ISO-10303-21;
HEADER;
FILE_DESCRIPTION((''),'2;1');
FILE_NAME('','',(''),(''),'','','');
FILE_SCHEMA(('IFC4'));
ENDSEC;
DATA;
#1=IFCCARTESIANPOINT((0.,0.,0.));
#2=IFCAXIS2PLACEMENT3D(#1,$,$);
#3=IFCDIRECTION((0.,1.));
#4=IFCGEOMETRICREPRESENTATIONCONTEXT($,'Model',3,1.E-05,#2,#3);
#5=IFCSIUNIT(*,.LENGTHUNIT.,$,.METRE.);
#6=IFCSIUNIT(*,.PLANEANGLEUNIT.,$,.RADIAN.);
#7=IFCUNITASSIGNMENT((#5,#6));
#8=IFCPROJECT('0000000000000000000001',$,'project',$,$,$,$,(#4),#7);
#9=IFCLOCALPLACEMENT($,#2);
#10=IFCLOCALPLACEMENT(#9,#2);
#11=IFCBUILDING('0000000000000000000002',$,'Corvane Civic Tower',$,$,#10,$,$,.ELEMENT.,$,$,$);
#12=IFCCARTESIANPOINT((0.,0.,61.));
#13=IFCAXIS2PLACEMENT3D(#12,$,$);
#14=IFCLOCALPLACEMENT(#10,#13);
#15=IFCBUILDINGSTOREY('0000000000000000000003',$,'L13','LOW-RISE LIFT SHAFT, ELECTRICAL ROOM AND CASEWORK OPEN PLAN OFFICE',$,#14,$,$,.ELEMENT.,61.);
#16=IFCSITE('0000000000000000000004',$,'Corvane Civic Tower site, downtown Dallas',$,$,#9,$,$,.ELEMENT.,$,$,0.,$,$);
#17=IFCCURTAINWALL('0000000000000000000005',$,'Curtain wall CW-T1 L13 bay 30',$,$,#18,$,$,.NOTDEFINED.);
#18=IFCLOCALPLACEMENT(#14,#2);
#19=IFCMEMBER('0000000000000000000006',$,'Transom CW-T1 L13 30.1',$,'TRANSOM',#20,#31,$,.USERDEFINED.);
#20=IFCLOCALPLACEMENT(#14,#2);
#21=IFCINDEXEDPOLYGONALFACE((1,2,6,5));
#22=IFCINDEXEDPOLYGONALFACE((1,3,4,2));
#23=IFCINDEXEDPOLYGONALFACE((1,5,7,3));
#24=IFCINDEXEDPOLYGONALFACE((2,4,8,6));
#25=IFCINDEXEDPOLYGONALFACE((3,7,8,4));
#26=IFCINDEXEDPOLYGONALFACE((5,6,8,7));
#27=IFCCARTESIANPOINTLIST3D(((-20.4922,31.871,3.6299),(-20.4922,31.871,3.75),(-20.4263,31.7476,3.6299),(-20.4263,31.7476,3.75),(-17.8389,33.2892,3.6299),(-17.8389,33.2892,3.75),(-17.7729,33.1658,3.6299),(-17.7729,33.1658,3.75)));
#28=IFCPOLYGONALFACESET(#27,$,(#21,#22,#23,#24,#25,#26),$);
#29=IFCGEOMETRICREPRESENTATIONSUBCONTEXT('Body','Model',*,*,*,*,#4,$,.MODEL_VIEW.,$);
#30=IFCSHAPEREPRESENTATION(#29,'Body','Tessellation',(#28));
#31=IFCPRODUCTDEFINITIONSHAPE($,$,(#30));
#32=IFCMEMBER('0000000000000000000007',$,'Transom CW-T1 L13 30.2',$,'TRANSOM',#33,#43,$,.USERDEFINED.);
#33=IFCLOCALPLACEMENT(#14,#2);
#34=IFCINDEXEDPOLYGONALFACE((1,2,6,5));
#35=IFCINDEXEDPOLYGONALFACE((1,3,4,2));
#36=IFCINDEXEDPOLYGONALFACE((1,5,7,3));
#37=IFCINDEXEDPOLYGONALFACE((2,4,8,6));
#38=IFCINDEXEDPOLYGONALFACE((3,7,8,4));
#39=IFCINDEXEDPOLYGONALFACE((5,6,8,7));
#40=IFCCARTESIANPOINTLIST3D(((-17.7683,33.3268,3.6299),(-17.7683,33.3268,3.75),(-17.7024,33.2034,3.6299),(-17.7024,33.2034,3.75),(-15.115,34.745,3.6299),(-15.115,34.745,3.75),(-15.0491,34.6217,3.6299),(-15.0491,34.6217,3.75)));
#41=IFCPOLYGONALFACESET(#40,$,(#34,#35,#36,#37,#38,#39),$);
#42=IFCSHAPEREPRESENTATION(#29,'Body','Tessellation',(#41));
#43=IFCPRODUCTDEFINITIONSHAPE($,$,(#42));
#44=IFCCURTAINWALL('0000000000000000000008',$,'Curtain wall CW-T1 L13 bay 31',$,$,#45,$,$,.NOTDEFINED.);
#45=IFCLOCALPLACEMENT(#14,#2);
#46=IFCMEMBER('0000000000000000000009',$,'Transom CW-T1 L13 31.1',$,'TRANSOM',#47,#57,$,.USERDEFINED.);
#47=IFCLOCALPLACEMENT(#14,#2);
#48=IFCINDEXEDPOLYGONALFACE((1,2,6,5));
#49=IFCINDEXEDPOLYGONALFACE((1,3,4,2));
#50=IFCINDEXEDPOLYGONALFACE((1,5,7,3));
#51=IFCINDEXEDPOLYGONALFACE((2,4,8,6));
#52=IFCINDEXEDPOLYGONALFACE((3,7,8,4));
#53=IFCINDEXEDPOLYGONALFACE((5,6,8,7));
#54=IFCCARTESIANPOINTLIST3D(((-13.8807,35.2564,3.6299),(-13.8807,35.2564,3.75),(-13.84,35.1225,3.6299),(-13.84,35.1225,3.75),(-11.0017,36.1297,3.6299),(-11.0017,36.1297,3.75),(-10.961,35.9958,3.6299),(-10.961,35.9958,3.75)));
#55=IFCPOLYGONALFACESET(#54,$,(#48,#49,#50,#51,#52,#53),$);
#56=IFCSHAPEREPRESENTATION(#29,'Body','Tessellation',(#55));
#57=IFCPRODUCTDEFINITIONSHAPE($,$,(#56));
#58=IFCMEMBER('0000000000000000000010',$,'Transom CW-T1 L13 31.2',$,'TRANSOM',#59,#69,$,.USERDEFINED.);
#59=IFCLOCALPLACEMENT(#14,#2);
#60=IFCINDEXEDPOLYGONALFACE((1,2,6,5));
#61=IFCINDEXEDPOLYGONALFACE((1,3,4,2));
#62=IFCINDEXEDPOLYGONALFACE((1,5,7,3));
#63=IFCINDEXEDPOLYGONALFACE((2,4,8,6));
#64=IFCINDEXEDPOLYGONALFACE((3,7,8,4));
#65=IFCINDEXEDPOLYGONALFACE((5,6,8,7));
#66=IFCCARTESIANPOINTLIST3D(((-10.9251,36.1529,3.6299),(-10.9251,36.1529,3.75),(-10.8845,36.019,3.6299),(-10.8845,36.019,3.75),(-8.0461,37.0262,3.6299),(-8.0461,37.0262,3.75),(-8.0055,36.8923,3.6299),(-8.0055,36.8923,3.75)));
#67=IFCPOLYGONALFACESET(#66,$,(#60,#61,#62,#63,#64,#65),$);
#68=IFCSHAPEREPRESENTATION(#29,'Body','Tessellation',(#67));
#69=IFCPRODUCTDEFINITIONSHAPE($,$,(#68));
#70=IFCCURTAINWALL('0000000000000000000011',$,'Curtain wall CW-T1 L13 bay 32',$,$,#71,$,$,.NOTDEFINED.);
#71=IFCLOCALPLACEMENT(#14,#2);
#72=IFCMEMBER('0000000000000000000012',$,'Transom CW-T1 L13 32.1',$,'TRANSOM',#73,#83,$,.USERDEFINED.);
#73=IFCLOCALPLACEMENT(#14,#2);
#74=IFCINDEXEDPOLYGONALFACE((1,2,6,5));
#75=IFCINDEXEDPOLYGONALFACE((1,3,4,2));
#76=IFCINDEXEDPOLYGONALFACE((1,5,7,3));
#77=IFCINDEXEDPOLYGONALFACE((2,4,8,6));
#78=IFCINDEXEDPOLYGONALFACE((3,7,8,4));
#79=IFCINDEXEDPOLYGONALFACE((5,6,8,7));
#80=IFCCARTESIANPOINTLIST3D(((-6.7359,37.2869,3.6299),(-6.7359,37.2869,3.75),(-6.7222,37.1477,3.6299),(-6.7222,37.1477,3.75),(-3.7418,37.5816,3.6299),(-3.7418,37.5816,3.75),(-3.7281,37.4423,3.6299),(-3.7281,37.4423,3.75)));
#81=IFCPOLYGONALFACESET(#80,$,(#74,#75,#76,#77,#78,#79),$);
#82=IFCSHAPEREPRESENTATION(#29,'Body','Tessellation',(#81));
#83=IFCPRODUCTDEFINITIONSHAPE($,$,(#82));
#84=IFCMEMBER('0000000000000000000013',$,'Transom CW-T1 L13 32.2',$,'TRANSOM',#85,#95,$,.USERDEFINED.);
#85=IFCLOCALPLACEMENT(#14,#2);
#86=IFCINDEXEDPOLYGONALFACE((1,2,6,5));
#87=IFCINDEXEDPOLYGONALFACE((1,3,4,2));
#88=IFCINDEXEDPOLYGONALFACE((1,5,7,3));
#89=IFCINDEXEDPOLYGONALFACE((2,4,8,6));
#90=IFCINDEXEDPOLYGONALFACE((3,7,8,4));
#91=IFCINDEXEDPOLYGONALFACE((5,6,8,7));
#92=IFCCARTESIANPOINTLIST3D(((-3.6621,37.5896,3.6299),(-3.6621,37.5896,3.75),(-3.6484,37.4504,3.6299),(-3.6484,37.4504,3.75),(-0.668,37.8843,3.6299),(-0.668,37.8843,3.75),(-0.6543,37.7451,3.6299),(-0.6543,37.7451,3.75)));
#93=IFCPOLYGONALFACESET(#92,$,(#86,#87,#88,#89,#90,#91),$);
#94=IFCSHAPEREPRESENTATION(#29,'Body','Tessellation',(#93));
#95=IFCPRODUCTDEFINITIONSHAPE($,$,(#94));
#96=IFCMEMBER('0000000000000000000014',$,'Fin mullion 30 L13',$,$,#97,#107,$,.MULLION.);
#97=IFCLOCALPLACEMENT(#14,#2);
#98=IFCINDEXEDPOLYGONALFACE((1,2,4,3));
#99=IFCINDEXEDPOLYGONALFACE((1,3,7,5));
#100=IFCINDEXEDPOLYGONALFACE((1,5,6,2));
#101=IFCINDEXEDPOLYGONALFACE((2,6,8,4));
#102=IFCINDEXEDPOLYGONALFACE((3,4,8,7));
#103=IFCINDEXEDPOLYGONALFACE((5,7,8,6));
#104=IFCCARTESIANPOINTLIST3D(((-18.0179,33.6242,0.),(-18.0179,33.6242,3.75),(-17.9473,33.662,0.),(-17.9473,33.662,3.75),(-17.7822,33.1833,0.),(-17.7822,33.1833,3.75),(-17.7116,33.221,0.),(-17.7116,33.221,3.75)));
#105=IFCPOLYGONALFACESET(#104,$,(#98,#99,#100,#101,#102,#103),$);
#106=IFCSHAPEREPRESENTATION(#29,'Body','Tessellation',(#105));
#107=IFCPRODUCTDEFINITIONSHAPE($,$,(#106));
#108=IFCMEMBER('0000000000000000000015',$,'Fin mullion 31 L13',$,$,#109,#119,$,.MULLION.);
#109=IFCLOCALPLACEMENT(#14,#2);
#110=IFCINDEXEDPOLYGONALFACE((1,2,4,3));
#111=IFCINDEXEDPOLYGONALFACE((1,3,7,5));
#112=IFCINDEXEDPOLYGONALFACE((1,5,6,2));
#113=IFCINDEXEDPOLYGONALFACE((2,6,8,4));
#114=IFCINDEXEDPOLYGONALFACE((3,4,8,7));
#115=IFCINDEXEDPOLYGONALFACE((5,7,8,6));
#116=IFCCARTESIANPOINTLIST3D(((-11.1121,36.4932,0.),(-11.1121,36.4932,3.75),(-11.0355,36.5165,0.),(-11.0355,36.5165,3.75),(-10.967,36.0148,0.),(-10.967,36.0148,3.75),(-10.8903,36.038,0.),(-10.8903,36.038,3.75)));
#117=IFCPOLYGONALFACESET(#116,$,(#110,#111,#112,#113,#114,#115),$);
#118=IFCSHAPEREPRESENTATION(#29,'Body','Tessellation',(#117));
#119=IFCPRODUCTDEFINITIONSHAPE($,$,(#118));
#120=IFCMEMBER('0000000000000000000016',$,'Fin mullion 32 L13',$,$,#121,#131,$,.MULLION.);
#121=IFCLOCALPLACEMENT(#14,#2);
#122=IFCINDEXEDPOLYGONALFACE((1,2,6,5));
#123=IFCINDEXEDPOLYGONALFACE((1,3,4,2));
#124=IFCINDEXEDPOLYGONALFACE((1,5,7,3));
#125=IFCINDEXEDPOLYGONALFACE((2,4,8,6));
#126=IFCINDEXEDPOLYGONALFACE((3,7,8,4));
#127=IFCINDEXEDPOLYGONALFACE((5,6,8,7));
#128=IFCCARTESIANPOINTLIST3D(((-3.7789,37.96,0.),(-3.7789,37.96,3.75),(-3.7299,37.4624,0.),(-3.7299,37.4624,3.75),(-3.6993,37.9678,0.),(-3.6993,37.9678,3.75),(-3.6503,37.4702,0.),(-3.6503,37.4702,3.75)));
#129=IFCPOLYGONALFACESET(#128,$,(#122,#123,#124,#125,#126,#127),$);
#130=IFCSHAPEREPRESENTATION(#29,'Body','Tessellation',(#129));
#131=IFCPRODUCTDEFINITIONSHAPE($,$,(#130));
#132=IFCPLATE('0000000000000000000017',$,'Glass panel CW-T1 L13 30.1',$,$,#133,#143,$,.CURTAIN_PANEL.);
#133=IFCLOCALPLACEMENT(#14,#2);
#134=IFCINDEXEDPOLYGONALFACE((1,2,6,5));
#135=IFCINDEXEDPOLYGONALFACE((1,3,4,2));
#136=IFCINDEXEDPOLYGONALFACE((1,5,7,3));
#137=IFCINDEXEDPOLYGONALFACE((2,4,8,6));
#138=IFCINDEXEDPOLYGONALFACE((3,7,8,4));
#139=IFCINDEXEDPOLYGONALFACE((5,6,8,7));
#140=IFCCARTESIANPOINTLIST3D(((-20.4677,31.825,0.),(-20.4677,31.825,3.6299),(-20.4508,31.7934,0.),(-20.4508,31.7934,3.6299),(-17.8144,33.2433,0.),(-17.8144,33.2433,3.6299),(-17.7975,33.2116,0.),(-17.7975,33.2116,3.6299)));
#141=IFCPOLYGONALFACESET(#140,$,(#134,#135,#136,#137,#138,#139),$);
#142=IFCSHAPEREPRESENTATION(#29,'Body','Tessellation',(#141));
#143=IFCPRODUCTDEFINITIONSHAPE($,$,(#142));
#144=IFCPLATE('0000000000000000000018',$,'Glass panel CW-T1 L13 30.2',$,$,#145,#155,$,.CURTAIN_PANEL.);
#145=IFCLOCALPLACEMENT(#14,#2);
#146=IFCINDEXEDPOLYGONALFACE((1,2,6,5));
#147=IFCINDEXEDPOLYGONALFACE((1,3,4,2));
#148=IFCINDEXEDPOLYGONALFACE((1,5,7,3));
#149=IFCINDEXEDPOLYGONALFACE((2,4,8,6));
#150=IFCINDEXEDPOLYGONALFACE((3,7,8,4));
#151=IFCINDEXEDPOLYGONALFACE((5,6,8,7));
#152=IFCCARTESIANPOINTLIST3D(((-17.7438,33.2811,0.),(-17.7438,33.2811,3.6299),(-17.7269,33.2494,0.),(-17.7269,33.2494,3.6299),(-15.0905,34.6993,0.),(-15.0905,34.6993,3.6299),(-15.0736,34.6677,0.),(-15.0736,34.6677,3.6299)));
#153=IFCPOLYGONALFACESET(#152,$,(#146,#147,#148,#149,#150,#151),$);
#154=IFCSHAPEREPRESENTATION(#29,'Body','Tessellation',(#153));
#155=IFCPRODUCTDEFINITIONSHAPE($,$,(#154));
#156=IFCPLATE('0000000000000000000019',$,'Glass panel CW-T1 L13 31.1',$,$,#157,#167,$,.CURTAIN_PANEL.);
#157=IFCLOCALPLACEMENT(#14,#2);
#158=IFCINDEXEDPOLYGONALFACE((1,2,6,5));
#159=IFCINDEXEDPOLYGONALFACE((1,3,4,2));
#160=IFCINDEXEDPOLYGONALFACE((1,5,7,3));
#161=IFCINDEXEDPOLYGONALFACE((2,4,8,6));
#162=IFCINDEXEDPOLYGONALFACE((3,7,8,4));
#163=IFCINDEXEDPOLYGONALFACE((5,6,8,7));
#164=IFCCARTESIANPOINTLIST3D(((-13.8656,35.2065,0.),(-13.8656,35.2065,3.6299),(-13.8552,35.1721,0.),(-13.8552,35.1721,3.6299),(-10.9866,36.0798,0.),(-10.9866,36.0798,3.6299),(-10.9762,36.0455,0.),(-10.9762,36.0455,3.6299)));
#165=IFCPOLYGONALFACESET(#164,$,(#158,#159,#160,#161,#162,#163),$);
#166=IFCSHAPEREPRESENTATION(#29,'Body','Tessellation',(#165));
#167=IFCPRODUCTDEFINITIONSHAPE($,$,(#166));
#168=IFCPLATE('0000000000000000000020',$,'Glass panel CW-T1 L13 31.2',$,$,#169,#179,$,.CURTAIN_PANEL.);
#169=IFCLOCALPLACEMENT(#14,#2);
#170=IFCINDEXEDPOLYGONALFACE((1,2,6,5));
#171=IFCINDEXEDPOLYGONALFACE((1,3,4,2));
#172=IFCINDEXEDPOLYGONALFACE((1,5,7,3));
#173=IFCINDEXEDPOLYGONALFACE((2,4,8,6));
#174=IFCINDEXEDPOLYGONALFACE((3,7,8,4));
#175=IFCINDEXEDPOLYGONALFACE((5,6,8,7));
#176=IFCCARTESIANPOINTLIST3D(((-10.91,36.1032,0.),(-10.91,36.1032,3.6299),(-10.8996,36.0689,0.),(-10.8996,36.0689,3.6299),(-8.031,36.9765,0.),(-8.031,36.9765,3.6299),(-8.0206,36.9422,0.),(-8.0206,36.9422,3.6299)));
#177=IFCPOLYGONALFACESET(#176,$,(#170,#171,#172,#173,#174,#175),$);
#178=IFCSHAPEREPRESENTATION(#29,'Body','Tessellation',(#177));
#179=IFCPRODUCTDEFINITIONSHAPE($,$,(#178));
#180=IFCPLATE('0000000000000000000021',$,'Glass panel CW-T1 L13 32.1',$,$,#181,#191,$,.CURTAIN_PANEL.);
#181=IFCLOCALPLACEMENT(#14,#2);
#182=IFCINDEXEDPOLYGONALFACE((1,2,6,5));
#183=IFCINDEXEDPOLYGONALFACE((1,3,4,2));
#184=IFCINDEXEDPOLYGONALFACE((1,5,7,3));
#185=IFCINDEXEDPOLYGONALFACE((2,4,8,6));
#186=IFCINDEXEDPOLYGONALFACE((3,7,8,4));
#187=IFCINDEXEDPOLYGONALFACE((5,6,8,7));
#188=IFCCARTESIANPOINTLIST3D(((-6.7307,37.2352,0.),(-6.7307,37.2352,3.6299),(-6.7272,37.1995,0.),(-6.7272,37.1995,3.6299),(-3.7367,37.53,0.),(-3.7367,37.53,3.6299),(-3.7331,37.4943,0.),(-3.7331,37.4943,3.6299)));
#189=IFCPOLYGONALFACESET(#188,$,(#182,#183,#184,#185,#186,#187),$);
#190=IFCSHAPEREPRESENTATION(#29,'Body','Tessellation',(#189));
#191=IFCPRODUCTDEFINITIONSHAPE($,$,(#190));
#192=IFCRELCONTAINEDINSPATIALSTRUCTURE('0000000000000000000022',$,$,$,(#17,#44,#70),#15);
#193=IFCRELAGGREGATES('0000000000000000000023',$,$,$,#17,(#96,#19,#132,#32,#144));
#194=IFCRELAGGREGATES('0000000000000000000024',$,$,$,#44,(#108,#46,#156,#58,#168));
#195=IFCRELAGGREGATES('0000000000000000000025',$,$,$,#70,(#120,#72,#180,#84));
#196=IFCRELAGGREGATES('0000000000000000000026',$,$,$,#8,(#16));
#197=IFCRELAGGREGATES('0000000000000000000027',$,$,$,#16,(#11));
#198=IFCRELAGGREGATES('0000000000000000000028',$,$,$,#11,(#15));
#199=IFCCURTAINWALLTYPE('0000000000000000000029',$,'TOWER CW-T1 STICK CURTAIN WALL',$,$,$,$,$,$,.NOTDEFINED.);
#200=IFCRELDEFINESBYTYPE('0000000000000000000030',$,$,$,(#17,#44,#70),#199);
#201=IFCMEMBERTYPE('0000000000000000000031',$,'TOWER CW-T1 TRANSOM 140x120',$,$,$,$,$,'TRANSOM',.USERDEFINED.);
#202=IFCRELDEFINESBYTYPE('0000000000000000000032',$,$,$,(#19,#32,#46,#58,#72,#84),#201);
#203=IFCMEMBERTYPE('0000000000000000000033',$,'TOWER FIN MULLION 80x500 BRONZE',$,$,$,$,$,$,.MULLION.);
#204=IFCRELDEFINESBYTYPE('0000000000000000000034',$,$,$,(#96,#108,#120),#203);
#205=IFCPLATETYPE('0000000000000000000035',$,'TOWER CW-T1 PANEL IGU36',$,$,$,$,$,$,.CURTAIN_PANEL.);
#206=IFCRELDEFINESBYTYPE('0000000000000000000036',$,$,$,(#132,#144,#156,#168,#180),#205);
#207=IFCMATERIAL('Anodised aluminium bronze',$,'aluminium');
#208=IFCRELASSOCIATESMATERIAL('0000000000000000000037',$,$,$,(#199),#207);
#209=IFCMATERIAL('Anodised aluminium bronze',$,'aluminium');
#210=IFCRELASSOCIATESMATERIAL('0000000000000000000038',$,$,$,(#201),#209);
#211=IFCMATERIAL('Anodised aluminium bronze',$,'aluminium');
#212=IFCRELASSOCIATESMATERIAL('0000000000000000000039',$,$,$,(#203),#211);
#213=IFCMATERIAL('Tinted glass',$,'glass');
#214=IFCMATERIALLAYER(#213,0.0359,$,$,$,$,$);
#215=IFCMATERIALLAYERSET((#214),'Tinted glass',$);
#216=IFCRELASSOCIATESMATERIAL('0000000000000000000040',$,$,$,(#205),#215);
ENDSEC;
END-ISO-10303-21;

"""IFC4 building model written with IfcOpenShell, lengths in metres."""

from ifc_helpers import new_model, si_unit, direction, frame, origin, origin_2d, place, context, subcontext, project, spatial, rectangle, extrude, material, layer, layer_set, material_profile, profile_set, type_object, element, aggregate, save


model = new_model("IFC4")

# Units and contexts
model_context = context("Model", 3, precision=1e-05, world=origin(), true_north=direction((0.0, 1.0)))
body_context = subcontext(model_context, "Body", "Model", "MODEL_VIEW")
ifc_project = project(units=[si_unit("LENGTHUNIT", "METRE"), si_unit("PLANEANGLEUNIT", "RADIAN")], contexts=[model_context])

# Site, building, storey
site_placement = place(None, origin())
site = spatial("IfcSite", under=ifc_project, at=site_placement, Name="Corvane Civic Tower site, downtown Dallas", CompositionType="ELEMENT", RefElevation=0.0)
building_placement = place(site_placement, origin())
building = spatial("IfcBuilding", under=site, at=building_placement, Name="Corvane Civic Tower", CompositionType="ELEMENT")
storey_placement = place(building_placement, frame((0.0, 0.0, 61.0)))
storey = spatial("IfcBuildingStorey", under=building, at=storey_placement, Name="L13", Description="LOW-RISE LIFT SHAFT, ELECTRICAL ROOM AND CASEWORK OPEN PLAN OFFICE", CompositionType="ELEMENT", Elevation=61.0)

# Curtain walls, members
ifc_material_1 = material(Name="Anodised aluminium bronze", Category="aluminium")
curtain_wall_type = type_object("IfcCurtainWallType", Name="TOWER CW-T1 STICK CURTAIN WALL", PredefinedType="NOTDEFINED", material=ifc_material_1)
curtain_wall_1_placement = place(storey_placement, origin())
curtain_wall_1 = element("IfcCurtainWall", 1, at=curtain_wall_1_placement, inside=storey, type_object=curtain_wall_type, Name="Curtain wall CW-T1 L13 bay 30", PredefinedType="NOTDEFINED")
ifc_material_2 = material(Name="Anodised aluminium bronze", Category="aluminium")
ifc_material_profile_1 = material_profile(ifc_material_2, rectangle(XDim=0.1399, YDim=0.1201, at=origin_2d()), Name="TOWER CW-T1 TRANSOM 140x120")
ifc_profile_set_1 = profile_set([ifc_material_profile_1], Name="Anodised aluminium bronze")
member_type_1 = type_object("IfcMemberType", Name="TOWER CW-T1 TRANSOM 140x120", ElementType="TRANSOM", PredefinedType="USERDEFINED", material=ifc_profile_set_1)
member_1_placement = place(storey_placement, frame((-20.4592, 31.8093, 3.6899), z_axis=(0.881924, 0.471393, 0.0), x_axis=(-0.471393, 0.881924, 0.0)))
member_1 = element("IfcMember", 2, at=member_1_placement, type_object=member_type_1, Name="Transom CW-T1 L13 30.1", ObjectType="TRANSOM", PredefinedType="USERDEFINED", context=body_context, shape_type="SweptSolid", body=[
    extrude(rectangle(XDim=0.1399, YDim=0.1201, at=origin_2d()), origin(), (0.0, 0.0, 1.0), 3.0085),
])
member_2_placement = place(storey_placement, frame((-17.7354, 33.2651, 3.6899), z_axis=(0.881924, 0.471393, 0.0), x_axis=(-0.471393, 0.881924, 0.0)))
member_2 = element("IfcMember", 3, at=member_2_placement, type_object=member_type_1, Name="Transom CW-T1 L13 30.2", ObjectType="TRANSOM", PredefinedType="USERDEFINED", context=body_context, shape_type="SweptSolid", body=[
    extrude(rectangle(XDim=0.1399, YDim=0.1201, at=origin_2d()), origin(), (0.0, 0.0, 1.0), 3.0085),
])
curtain_wall_2_placement = place(storey_placement, origin())
curtain_wall_2 = element("IfcCurtainWall", 4, at=curtain_wall_2_placement, inside=storey, type_object=curtain_wall_type, Name="Curtain wall CW-T1 L13 bay 31", PredefinedType="NOTDEFINED")
member_3_placement = place(storey_placement, frame((-13.8604, 35.1895, 3.6899), z_axis=(0.956942, 0.29028, 0.0), x_axis=(-0.29028, 0.956942, 0.0)))
member_3 = element("IfcMember", 5, at=member_3_placement, type_object=member_type_1, Name="Transom CW-T1 L13 31.1", ObjectType="TRANSOM", PredefinedType="USERDEFINED", context=body_context, shape_type="SweptSolid", body=[
    extrude(rectangle(XDim=0.1399, YDim=0.1201, at=origin_2d()), origin(), (0.0, 0.0, 1.0), 3.0085),
])
member_4_placement = place(storey_placement, frame((-10.9048, 36.0859, 3.6899), z_axis=(0.956942, 0.29028, 0.0), x_axis=(-0.29028, 0.956942, 0.0)))
member_4 = element("IfcMember", 6, at=member_4_placement, type_object=member_type_1, Name="Transom CW-T1 L13 31.2", ObjectType="TRANSOM", PredefinedType="USERDEFINED", context=body_context, shape_type="SweptSolid", body=[
    extrude(rectangle(XDim=0.1399, YDim=0.1201, at=origin_2d()), origin(), (0.0, 0.0, 1.0), 3.0085),
])
curtain_wall_3_placement = place(storey_placement, origin())
curtain_wall_3 = element("IfcCurtainWall", 7, at=curtain_wall_3_placement, inside=storey, type_object=curtain_wall_type, Name="Curtain wall CW-T1 L13 bay 32", PredefinedType="NOTDEFINED")
member_5_placement = place(storey_placement, frame((-6.729, 37.2173, 3.6899), z_axis=(0.995192, 0.097945, 0.0), x_axis=(-0.097945, 0.995192, 0.0)))
member_5 = element("IfcMember", 8, at=member_5_placement, type_object=member_type_1, Name="Transom CW-T1 L13 32.1", ObjectType="TRANSOM", PredefinedType="USERDEFINED", context=body_context, shape_type="SweptSolid", body=[
    extrude(rectangle(XDim=0.1399, YDim=0.1201, at=origin_2d()), origin(), (0.0, 0.0, 1.0), 3.0085),
])
member_6_placement = place(storey_placement, frame((-3.6553, 37.52, 3.6899), z_axis=(0.995192, 0.097945, 0.0), x_axis=(-0.097945, 0.995192, 0.0)))
member_6 = element("IfcMember", 9, at=member_6_placement, type_object=member_type_1, Name="Transom CW-T1 L13 32.2", ObjectType="TRANSOM", PredefinedType="USERDEFINED", context=body_context, shape_type="SweptSolid", body=[
    extrude(rectangle(XDim=0.1399, YDim=0.1201, at=origin_2d()), origin(), (0.0, 0.0, 1.0), 3.0085),
])

# Members
ifc_material_3 = material(Name="Anodised aluminium bronze", Category="aluminium")
ifc_material_profile_2 = material_profile(ifc_material_3, rectangle(XDim=0.0801, YDim=0.5, at=origin_2d()), Name="TOWER FIN MULLION 80x500 BRONZE")
ifc_profile_set_2 = profile_set([ifc_material_profile_2], Name="Anodised aluminium bronze")
member_type_2 = type_object("IfcMemberType", Name="TOWER FIN MULLION 80x500 BRONZE", PredefinedType="MULLION", material=ifc_profile_set_2)
member_7_placement = place(storey_placement, frame((-17.8647, 33.4226, 0.0), z_axis=(0.0, 0.0, 1.0), x_axis=(0.881918, 0.471404, 0.0)))
member_7 = element("IfcMember", 10, at=member_7_placement, type_object=member_type_2, Name="Fin mullion 30 L13", PredefinedType="MULLION", context=body_context, shape_type="SweptSolid", body=[
    extrude(rectangle(XDim=0.0801, YDim=0.5, at=origin_2d()), origin(), (0.0, 0.0, 1.0), 3.75),
])
member_8_placement = place(storey_placement, frame((-11.0012, 36.2656, 0.0), z_axis=(0.0, 0.0, 1.0), x_axis=(0.956942, 0.290278, 0.0)))
member_8 = element("IfcMember", 11, at=member_8_placement, type_object=member_type_2, Name="Fin mullion 31 L13", PredefinedType="MULLION", context=body_context, shape_type="SweptSolid", body=[
    extrude(rectangle(XDim=0.0801, YDim=0.5, at=origin_2d()), origin(), (0.0, 0.0, 1.0), 3.75),
])
member_9_placement = place(storey_placement, frame((-3.7146, 37.7151, 0.0), z_axis=(0.0, 0.0, 1.0), x_axis=(0.995186, 0.098006, 0.0)))
member_9 = element("IfcMember", 12, at=member_9_placement, type_object=member_type_2, Name="Fin mullion 32 L13", PredefinedType="MULLION", context=body_context, shape_type="SweptSolid", body=[
    extrude(rectangle(XDim=0.0801, YDim=0.5, at=origin_2d()), origin(), (0.0, 0.0, 1.0), 3.75),
])

# Plates
ifc_material_4 = material(Name="Tinted glass", Category="glass")
ifc_layer_1 = layer(ifc_material_4, 0.0359)
ifc_layer_set_1 = layer_set([ifc_layer_1], Name="Tinted glass")
plate_type = type_object("IfcPlateType", Name="TOWER CW-T1 PANEL IGU36", PredefinedType="CURTAIN_PANEL", material=ifc_layer_set_1)
plate_1_placement = place(storey_placement, frame((-19.1326, 32.5183, 0.0), z_axis=(0.0, 0.0, 1.0), x_axis=(0.881918, 0.471404, 0.0)))
plate_1 = element("IfcPlate", 13, at=plate_1_placement, type_object=plate_type, Name="Glass panel CW-T1 L13 30.1", PredefinedType="CURTAIN_PANEL", context=body_context, shape_type="SweptSolid", body=[
    extrude(rectangle(XDim=3.0085, YDim=0.0359, at=origin_2d()), origin(), (0.0, 0.0, 1.0), 3.6299),
])
plate_2_placement = place(storey_placement, frame((-16.4087, 33.9744, 0.0), z_axis=(0.0, 0.0, 1.0), x_axis=(0.881918, 0.471404, 0.0)))
plate_2 = element("IfcPlate", 14, at=plate_2_placement, type_object=plate_type, Name="Glass panel CW-T1 L13 30.2", PredefinedType="CURTAIN_PANEL", context=body_context, shape_type="SweptSolid", body=[
    extrude(rectangle(XDim=3.0085, YDim=0.0359, at=origin_2d()), origin(), (0.0, 0.0, 1.0), 3.6299),
])
aggregate(curtain_wall_1, [member_7, member_1, plate_1, member_2, plate_2])
plate_3_placement = place(storey_placement, frame((-12.4209, 35.626, 0.0), z_axis=(0.0, 0.0, 1.0), x_axis=(0.956942, 0.290278, 0.0)))
plate_3 = element("IfcPlate", 15, at=plate_3_placement, type_object=plate_type, Name="Glass panel CW-T1 L13 31.1", PredefinedType="CURTAIN_PANEL", context=body_context, shape_type="SweptSolid", body=[
    extrude(rectangle(XDim=3.0085, YDim=0.0359, at=origin_2d()), origin(), (0.0, 0.0, 1.0), 3.6299),
])
plate_4_placement = place(storey_placement, frame((-9.4653, 36.5227, 0.0), z_axis=(0.0, 0.0, 1.0), x_axis=(0.956942, 0.290278, 0.0)))
plate_4 = element("IfcPlate", 16, at=plate_4_placement, type_object=plate_type, Name="Glass panel CW-T1 L13 31.2", PredefinedType="CURTAIN_PANEL", context=body_context, shape_type="SweptSolid", body=[
    extrude(rectangle(XDim=3.0085, YDim=0.0359, at=origin_2d()), origin(), (0.0, 0.0, 1.0), 3.6299),
])
aggregate(curtain_wall_2, [member_8, member_3, plate_3, member_4, plate_4])
plate_5_placement = place(storey_placement, frame((-5.2319, 37.3647, 0.0), z_axis=(0.0, 0.0, 1.0), x_axis=(0.995186, 0.098006, 0.0)))
plate_5 = element("IfcPlate", 17, at=plate_5_placement, type_object=plate_type, Name="Glass panel CW-T1 L13 32.1", PredefinedType="CURTAIN_PANEL", context=body_context, shape_type="SweptSolid", body=[
    extrude(rectangle(XDim=3.0085, YDim=0.0359, at=origin_2d()), origin(), (0.0, 0.0, 1.0), 3.6299),
])
aggregate(curtain_wall_3, [member_9, member_5, plate_5, member_6])

save(model, "model.ifc")
